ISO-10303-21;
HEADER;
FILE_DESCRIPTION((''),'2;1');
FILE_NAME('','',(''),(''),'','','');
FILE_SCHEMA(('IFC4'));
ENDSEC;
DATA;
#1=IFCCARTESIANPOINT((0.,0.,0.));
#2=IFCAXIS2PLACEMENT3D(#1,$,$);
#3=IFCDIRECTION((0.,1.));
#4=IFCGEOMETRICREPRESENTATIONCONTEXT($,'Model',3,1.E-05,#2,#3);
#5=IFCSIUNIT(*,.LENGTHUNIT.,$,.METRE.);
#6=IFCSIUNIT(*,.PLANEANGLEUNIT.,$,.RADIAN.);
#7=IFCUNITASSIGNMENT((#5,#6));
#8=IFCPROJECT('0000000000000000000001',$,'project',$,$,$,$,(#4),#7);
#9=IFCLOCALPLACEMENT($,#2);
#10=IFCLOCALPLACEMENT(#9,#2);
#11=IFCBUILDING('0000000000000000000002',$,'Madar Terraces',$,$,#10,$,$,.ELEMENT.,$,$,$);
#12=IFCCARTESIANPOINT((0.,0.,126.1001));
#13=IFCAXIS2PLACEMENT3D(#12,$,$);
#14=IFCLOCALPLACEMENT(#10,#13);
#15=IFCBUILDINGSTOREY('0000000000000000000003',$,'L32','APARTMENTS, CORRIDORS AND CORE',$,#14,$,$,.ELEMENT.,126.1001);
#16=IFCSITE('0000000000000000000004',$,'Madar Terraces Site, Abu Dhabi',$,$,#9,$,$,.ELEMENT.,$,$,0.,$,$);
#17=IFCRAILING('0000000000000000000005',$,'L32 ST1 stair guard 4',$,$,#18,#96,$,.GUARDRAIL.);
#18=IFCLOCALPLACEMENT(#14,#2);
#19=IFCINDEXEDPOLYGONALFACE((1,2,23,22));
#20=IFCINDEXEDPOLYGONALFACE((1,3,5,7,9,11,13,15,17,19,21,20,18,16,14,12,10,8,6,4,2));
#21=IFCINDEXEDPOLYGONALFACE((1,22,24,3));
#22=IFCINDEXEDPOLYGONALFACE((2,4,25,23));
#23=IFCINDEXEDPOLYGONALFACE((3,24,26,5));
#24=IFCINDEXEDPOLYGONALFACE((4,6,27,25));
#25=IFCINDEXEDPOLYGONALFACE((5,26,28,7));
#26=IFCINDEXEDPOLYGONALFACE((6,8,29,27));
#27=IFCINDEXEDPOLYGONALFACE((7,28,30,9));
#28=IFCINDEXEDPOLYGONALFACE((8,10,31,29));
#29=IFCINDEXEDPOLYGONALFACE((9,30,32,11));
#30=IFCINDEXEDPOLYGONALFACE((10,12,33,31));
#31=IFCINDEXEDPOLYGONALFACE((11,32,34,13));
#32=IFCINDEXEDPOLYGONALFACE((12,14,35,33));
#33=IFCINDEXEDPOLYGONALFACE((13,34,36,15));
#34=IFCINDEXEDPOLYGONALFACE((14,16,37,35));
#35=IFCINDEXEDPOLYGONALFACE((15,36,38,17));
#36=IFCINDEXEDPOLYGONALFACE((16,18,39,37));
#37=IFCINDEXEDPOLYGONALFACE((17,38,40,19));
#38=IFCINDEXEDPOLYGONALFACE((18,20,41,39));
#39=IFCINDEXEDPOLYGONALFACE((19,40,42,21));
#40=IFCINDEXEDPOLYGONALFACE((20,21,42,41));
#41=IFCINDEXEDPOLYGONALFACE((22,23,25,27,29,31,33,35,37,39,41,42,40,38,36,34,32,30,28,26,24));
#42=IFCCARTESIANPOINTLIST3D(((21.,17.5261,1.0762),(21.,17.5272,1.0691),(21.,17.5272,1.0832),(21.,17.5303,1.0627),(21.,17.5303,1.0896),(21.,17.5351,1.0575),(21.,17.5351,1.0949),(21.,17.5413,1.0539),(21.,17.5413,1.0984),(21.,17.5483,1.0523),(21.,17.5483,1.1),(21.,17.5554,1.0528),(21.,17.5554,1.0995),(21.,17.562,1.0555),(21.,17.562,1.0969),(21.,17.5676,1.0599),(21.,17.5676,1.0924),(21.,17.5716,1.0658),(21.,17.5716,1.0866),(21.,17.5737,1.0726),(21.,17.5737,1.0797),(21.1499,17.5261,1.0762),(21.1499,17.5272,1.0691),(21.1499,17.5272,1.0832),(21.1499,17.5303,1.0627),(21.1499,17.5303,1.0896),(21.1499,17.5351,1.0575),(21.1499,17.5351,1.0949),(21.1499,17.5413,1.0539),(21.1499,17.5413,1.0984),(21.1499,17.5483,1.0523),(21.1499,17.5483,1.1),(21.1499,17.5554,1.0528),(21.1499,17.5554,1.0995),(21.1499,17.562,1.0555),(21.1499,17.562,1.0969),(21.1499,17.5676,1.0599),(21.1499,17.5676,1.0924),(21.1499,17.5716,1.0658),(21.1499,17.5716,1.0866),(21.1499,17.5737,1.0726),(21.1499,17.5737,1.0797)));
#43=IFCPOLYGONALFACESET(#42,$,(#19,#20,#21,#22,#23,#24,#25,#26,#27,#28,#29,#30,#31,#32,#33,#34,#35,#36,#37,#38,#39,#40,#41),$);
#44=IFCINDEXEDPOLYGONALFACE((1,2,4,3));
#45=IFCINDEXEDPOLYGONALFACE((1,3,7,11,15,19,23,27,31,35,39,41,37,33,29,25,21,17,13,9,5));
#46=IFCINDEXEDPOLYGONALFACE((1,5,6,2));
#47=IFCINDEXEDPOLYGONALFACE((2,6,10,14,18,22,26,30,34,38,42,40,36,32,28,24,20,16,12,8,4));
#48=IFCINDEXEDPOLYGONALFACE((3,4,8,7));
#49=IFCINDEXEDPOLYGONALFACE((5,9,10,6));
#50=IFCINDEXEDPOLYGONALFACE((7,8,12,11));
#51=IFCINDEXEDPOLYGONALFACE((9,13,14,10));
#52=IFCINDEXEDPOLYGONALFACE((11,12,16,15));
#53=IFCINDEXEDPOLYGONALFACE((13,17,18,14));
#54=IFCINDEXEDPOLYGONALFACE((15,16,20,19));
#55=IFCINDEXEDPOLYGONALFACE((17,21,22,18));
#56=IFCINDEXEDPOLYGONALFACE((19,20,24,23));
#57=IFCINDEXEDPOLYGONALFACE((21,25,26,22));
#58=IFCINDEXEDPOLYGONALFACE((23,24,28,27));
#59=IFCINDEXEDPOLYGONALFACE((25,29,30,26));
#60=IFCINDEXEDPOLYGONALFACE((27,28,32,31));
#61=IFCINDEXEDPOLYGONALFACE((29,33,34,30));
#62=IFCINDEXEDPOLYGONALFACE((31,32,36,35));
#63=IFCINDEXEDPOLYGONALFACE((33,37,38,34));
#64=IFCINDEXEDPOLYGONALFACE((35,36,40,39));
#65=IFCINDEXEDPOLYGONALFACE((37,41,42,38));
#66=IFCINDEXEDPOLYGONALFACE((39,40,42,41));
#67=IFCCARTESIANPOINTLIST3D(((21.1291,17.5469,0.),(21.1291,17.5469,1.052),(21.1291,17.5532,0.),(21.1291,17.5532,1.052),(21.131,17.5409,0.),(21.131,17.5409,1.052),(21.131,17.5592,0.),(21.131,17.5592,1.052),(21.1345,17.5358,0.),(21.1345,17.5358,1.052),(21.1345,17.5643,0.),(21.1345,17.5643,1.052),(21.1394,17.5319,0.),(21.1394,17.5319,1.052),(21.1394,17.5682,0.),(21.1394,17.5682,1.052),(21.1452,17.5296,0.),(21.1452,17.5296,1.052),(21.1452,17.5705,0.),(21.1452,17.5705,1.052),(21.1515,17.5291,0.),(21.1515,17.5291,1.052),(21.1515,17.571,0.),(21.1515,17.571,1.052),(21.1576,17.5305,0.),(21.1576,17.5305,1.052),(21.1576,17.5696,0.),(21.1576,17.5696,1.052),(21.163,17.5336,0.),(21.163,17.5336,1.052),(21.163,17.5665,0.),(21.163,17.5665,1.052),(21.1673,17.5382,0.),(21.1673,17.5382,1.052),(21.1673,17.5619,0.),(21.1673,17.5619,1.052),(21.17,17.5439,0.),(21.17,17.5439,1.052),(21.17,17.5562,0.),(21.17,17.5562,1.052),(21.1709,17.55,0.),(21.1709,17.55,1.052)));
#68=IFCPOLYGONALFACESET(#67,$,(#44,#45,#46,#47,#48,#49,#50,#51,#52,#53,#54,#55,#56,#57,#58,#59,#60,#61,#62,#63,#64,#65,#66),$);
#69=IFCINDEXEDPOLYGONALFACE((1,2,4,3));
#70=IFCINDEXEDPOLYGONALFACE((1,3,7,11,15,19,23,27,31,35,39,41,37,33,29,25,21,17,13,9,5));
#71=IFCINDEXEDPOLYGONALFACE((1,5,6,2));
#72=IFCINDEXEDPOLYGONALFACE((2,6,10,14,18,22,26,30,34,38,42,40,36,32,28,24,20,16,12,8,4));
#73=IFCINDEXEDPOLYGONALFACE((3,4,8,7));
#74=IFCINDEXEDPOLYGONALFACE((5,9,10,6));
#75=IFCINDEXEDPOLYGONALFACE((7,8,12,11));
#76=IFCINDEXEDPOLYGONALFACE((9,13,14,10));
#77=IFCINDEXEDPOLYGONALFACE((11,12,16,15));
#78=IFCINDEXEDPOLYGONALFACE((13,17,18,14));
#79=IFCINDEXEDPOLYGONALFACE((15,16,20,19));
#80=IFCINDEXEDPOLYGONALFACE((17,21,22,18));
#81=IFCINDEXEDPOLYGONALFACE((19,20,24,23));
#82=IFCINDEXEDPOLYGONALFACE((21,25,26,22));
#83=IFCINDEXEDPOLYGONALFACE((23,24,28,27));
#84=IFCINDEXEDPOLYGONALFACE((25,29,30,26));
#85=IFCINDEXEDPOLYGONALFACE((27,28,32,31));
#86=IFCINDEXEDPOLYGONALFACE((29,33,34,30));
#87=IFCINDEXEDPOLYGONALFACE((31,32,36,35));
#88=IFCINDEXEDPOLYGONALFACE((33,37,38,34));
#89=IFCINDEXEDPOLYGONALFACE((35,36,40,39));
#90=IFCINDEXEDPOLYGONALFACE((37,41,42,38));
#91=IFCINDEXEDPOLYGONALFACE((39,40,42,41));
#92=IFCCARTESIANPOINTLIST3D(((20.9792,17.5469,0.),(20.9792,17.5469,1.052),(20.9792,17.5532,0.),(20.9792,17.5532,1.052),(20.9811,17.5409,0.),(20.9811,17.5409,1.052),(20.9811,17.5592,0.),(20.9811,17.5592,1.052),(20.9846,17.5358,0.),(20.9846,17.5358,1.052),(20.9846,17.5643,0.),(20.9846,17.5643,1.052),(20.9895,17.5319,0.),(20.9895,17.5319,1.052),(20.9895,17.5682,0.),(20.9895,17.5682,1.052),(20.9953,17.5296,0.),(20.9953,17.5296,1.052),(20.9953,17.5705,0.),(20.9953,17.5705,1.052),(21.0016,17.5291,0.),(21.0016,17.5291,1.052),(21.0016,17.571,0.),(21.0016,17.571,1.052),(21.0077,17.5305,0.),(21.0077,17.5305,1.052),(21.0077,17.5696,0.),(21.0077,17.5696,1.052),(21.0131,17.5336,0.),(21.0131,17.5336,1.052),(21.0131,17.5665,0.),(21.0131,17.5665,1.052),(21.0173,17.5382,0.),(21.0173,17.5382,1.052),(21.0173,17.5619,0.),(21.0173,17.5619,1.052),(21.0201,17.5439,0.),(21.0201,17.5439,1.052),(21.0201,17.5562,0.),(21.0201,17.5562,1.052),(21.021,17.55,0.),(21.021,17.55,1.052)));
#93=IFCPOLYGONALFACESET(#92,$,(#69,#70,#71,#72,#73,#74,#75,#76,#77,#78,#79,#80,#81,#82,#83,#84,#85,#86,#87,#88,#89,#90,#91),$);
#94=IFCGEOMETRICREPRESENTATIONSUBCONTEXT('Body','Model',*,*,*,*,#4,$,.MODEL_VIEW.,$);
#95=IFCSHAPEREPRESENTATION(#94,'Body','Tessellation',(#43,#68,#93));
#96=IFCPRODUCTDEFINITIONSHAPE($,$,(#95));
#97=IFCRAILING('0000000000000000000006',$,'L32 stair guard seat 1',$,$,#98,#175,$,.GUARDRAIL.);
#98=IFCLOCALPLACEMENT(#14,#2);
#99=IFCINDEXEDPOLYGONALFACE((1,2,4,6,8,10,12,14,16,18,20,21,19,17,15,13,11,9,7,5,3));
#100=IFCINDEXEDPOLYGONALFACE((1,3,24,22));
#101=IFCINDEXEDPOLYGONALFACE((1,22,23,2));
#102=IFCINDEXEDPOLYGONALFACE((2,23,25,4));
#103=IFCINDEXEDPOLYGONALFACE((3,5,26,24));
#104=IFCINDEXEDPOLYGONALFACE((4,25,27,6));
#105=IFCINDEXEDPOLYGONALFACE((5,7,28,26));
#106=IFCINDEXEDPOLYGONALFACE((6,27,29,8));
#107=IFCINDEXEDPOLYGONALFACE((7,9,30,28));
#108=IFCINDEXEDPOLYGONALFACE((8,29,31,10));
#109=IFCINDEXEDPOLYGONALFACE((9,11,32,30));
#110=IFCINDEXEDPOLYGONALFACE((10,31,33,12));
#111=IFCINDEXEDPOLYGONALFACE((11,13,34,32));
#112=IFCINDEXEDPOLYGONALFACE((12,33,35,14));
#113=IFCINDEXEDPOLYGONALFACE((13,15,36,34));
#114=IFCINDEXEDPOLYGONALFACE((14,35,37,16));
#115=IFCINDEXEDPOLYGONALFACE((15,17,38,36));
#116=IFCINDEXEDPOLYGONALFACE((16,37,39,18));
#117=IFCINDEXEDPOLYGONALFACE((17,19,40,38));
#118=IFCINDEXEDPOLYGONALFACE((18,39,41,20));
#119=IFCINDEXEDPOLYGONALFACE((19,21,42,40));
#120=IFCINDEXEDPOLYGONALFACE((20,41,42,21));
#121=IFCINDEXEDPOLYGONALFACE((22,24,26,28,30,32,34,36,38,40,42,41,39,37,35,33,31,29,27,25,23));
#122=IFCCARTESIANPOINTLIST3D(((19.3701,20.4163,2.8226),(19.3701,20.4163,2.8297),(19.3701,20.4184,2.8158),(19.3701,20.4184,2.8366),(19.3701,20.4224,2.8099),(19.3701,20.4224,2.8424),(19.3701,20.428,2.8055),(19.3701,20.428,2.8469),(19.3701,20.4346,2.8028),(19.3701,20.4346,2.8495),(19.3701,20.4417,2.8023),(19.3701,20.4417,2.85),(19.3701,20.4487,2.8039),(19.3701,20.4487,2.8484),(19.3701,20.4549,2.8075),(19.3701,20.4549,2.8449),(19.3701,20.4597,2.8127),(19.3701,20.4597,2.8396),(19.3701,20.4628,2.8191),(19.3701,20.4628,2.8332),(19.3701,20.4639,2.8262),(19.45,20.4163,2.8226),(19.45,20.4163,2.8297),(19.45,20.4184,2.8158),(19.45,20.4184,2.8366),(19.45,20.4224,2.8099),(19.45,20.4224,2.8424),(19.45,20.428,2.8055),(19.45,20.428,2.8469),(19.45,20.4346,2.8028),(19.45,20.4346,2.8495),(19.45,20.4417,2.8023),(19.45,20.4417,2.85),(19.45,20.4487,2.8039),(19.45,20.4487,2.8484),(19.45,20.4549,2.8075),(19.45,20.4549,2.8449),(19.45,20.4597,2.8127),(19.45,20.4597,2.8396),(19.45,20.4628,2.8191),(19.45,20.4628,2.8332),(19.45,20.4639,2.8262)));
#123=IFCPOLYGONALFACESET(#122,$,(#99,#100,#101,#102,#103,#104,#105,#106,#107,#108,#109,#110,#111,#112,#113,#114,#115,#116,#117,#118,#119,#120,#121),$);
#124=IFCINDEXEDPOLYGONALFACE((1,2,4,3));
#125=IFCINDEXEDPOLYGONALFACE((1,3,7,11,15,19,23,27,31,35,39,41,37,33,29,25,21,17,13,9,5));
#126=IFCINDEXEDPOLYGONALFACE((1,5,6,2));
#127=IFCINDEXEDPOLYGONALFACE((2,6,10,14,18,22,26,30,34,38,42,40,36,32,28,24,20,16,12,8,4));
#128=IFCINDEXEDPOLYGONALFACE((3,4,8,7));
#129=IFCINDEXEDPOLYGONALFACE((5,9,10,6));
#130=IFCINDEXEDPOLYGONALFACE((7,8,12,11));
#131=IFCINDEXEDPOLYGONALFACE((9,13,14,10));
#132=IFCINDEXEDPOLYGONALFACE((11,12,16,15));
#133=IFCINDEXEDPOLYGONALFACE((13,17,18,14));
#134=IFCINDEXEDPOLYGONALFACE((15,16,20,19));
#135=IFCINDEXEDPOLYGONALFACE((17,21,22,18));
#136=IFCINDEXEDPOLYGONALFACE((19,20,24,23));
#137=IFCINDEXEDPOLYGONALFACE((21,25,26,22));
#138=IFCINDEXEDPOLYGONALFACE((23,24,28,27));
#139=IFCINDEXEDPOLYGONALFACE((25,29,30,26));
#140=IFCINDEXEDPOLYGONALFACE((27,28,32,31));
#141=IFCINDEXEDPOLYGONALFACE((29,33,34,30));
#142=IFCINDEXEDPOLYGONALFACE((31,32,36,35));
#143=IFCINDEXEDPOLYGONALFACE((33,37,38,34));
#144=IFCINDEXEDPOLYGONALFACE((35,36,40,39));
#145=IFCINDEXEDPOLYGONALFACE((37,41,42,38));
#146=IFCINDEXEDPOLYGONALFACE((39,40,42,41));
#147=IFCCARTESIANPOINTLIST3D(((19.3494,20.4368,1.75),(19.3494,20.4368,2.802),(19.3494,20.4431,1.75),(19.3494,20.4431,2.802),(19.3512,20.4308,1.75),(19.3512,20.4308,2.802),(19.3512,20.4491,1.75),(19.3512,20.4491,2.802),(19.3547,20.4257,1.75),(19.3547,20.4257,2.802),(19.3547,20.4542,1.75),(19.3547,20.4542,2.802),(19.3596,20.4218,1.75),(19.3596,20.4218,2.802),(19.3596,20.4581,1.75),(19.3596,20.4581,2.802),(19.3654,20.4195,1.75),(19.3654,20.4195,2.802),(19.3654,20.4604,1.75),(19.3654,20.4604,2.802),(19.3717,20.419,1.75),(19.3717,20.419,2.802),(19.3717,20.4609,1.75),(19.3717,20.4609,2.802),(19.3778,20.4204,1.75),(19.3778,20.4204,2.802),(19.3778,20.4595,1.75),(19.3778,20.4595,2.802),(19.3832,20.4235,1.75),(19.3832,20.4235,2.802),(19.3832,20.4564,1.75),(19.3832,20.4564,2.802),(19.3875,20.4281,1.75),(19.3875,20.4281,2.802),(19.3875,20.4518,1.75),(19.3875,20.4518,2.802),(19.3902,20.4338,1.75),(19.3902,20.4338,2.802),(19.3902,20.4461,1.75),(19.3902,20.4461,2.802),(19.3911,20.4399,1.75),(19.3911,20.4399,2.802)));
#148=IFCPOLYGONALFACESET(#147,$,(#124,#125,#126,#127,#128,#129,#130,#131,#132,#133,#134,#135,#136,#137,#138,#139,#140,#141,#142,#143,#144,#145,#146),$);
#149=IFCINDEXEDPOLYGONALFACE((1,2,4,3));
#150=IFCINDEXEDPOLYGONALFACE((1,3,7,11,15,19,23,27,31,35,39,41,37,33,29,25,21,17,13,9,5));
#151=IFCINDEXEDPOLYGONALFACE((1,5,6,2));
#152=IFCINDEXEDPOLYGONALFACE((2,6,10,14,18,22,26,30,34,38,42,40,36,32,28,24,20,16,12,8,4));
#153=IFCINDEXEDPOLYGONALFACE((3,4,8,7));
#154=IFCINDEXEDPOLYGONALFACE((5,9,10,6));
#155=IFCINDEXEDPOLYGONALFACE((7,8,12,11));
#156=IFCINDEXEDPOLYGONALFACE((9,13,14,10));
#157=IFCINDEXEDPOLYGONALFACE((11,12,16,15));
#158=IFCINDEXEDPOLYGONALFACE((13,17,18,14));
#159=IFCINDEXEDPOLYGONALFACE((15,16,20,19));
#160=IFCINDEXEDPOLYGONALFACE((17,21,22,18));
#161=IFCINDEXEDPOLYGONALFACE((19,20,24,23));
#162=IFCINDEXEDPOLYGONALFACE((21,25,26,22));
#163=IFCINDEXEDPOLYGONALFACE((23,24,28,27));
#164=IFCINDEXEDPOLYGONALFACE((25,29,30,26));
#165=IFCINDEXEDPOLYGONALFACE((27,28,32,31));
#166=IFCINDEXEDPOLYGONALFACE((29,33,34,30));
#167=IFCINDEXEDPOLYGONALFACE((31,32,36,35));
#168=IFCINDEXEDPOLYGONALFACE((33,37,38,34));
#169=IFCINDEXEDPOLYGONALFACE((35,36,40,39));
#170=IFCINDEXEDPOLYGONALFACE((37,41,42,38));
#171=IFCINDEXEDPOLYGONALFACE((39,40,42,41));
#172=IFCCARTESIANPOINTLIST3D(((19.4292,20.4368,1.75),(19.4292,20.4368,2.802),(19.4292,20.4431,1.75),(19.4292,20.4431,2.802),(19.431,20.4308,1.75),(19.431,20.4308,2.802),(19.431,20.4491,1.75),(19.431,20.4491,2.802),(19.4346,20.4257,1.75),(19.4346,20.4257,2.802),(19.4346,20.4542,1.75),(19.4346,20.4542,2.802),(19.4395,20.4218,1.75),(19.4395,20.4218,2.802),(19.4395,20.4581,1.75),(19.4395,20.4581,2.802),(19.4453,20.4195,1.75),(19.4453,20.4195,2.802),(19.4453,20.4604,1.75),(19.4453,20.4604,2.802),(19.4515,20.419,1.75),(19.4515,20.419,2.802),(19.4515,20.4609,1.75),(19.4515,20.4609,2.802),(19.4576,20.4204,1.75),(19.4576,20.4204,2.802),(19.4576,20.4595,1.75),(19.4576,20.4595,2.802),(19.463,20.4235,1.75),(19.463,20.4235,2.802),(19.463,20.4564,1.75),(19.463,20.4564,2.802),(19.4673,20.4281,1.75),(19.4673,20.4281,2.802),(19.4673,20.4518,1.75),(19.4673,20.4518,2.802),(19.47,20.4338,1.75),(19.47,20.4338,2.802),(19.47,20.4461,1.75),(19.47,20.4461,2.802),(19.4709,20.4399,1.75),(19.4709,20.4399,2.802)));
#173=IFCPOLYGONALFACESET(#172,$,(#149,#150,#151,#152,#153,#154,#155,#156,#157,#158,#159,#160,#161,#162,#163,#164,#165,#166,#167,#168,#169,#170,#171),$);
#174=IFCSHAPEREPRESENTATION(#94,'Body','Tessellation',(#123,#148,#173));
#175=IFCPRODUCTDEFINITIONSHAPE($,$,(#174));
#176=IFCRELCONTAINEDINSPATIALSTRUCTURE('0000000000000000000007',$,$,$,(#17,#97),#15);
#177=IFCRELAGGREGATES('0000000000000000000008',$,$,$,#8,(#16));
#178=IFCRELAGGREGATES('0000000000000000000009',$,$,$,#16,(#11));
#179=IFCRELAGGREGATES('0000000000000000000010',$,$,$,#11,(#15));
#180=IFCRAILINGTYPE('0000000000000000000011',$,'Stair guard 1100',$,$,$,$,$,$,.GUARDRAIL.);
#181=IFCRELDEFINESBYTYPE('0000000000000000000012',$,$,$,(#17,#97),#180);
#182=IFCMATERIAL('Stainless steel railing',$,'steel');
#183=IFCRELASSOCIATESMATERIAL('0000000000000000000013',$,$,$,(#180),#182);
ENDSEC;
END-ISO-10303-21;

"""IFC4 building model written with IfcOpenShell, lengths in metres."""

from ifc_helpers import new_model, si_unit, direction, frame, origin, origin_2d, place, context, subcontext, project, spatial, circle, extrude, material, type_object, element, save


model = new_model("IFC4")

# Units and contexts
model_context = context("Model", 3, precision=1e-05, world=origin(), true_north=direction((0.0, 1.0)))
body_context = subcontext(model_context, "Body", "Model", "MODEL_VIEW")
ifc_project = project(units=[si_unit("LENGTHUNIT", "METRE"), si_unit("PLANEANGLEUNIT", "RADIAN")], contexts=[model_context])

# Site, building, storey
site_placement = place(None, origin())
site = spatial("IfcSite", under=ifc_project, at=site_placement, Name="Madar Terraces Site, Abu Dhabi", CompositionType="ELEMENT", RefElevation=0.0)
building_placement = place(site_placement, origin())
building = spatial("IfcBuilding", under=site, at=building_placement, Name="Madar Terraces", CompositionType="ELEMENT")
storey_placement = place(building_placement, frame((0.0, 0.0, 126.1001)))
storey = spatial("IfcBuildingStorey", under=building, at=storey_placement, Name="L32", Description="APARTMENTS, CORRIDORS AND CORE", CompositionType="ELEMENT", Elevation=126.1001)

# Railings
ifc_material_1 = material(Name="Stainless steel railing", Category="steel")
railing_type_1 = type_object("IfcRailingType", Name="Stair guard 1100", PredefinedType="GUARDRAIL", material=ifc_material_1)
railing_1_placement = place(storey_placement, frame((21.1499, 17.55, 0.0)))
element("IfcRailing", 1, at=railing_1_placement, inside=storey, type_object=railing_type_1, Name="L32 ST1 stair guard 4", PredefinedType="GUARDRAIL", context=body_context, shape_type="SweptSolid", body=[
    extrude(circle(Radius=0.0239, at=origin_2d()), frame((0.0, 0.0, 1.0762), z_axis=(-1.0, 0.0, 0.0), x_axis=(0.0, -1.0, 0.0)), (0.0, 0.0, 1.0), 0.1499),
    extrude(circle(Radius=0.021, at=origin_2d()), origin(), (0.0, 0.0, 1.0), 1.052),
    extrude(circle(Radius=0.021, at=origin_2d()), frame((-0.1499, 0.0, 0.0)), (0.0, 0.0, 1.0), 1.052),
])
for number, where, name in (
    (2, (19.3701, 20.4399, 1.75), "L32 stair guard seat 1"),
):
    element("IfcRailing", number, at=place(storey_placement, frame(where)), inside=storey, type_object=railing_type_1, Name=name, PredefinedType="GUARDRAIL", context=body_context, shape_type="SweptSolid", body=[
        extrude(circle(Radius=0.0239, at=origin_2d()), frame((0.0, 0.0, 1.0762), z_axis=(1.0, 0.0, 0.0), x_axis=(0.0, 1.0, 0.0)), (0.0, 0.0, 1.0), 0.0798),
        extrude(circle(Radius=0.021, at=origin_2d()), origin(), (0.0, 0.0, 1.0), 1.052),
        extrude(circle(Radius=0.021, at=origin_2d()), frame((0.0798, 0.0, 0.0)), (0.0, 0.0, 1.0), 1.052),
    ])

save(model, "model.ifc")
